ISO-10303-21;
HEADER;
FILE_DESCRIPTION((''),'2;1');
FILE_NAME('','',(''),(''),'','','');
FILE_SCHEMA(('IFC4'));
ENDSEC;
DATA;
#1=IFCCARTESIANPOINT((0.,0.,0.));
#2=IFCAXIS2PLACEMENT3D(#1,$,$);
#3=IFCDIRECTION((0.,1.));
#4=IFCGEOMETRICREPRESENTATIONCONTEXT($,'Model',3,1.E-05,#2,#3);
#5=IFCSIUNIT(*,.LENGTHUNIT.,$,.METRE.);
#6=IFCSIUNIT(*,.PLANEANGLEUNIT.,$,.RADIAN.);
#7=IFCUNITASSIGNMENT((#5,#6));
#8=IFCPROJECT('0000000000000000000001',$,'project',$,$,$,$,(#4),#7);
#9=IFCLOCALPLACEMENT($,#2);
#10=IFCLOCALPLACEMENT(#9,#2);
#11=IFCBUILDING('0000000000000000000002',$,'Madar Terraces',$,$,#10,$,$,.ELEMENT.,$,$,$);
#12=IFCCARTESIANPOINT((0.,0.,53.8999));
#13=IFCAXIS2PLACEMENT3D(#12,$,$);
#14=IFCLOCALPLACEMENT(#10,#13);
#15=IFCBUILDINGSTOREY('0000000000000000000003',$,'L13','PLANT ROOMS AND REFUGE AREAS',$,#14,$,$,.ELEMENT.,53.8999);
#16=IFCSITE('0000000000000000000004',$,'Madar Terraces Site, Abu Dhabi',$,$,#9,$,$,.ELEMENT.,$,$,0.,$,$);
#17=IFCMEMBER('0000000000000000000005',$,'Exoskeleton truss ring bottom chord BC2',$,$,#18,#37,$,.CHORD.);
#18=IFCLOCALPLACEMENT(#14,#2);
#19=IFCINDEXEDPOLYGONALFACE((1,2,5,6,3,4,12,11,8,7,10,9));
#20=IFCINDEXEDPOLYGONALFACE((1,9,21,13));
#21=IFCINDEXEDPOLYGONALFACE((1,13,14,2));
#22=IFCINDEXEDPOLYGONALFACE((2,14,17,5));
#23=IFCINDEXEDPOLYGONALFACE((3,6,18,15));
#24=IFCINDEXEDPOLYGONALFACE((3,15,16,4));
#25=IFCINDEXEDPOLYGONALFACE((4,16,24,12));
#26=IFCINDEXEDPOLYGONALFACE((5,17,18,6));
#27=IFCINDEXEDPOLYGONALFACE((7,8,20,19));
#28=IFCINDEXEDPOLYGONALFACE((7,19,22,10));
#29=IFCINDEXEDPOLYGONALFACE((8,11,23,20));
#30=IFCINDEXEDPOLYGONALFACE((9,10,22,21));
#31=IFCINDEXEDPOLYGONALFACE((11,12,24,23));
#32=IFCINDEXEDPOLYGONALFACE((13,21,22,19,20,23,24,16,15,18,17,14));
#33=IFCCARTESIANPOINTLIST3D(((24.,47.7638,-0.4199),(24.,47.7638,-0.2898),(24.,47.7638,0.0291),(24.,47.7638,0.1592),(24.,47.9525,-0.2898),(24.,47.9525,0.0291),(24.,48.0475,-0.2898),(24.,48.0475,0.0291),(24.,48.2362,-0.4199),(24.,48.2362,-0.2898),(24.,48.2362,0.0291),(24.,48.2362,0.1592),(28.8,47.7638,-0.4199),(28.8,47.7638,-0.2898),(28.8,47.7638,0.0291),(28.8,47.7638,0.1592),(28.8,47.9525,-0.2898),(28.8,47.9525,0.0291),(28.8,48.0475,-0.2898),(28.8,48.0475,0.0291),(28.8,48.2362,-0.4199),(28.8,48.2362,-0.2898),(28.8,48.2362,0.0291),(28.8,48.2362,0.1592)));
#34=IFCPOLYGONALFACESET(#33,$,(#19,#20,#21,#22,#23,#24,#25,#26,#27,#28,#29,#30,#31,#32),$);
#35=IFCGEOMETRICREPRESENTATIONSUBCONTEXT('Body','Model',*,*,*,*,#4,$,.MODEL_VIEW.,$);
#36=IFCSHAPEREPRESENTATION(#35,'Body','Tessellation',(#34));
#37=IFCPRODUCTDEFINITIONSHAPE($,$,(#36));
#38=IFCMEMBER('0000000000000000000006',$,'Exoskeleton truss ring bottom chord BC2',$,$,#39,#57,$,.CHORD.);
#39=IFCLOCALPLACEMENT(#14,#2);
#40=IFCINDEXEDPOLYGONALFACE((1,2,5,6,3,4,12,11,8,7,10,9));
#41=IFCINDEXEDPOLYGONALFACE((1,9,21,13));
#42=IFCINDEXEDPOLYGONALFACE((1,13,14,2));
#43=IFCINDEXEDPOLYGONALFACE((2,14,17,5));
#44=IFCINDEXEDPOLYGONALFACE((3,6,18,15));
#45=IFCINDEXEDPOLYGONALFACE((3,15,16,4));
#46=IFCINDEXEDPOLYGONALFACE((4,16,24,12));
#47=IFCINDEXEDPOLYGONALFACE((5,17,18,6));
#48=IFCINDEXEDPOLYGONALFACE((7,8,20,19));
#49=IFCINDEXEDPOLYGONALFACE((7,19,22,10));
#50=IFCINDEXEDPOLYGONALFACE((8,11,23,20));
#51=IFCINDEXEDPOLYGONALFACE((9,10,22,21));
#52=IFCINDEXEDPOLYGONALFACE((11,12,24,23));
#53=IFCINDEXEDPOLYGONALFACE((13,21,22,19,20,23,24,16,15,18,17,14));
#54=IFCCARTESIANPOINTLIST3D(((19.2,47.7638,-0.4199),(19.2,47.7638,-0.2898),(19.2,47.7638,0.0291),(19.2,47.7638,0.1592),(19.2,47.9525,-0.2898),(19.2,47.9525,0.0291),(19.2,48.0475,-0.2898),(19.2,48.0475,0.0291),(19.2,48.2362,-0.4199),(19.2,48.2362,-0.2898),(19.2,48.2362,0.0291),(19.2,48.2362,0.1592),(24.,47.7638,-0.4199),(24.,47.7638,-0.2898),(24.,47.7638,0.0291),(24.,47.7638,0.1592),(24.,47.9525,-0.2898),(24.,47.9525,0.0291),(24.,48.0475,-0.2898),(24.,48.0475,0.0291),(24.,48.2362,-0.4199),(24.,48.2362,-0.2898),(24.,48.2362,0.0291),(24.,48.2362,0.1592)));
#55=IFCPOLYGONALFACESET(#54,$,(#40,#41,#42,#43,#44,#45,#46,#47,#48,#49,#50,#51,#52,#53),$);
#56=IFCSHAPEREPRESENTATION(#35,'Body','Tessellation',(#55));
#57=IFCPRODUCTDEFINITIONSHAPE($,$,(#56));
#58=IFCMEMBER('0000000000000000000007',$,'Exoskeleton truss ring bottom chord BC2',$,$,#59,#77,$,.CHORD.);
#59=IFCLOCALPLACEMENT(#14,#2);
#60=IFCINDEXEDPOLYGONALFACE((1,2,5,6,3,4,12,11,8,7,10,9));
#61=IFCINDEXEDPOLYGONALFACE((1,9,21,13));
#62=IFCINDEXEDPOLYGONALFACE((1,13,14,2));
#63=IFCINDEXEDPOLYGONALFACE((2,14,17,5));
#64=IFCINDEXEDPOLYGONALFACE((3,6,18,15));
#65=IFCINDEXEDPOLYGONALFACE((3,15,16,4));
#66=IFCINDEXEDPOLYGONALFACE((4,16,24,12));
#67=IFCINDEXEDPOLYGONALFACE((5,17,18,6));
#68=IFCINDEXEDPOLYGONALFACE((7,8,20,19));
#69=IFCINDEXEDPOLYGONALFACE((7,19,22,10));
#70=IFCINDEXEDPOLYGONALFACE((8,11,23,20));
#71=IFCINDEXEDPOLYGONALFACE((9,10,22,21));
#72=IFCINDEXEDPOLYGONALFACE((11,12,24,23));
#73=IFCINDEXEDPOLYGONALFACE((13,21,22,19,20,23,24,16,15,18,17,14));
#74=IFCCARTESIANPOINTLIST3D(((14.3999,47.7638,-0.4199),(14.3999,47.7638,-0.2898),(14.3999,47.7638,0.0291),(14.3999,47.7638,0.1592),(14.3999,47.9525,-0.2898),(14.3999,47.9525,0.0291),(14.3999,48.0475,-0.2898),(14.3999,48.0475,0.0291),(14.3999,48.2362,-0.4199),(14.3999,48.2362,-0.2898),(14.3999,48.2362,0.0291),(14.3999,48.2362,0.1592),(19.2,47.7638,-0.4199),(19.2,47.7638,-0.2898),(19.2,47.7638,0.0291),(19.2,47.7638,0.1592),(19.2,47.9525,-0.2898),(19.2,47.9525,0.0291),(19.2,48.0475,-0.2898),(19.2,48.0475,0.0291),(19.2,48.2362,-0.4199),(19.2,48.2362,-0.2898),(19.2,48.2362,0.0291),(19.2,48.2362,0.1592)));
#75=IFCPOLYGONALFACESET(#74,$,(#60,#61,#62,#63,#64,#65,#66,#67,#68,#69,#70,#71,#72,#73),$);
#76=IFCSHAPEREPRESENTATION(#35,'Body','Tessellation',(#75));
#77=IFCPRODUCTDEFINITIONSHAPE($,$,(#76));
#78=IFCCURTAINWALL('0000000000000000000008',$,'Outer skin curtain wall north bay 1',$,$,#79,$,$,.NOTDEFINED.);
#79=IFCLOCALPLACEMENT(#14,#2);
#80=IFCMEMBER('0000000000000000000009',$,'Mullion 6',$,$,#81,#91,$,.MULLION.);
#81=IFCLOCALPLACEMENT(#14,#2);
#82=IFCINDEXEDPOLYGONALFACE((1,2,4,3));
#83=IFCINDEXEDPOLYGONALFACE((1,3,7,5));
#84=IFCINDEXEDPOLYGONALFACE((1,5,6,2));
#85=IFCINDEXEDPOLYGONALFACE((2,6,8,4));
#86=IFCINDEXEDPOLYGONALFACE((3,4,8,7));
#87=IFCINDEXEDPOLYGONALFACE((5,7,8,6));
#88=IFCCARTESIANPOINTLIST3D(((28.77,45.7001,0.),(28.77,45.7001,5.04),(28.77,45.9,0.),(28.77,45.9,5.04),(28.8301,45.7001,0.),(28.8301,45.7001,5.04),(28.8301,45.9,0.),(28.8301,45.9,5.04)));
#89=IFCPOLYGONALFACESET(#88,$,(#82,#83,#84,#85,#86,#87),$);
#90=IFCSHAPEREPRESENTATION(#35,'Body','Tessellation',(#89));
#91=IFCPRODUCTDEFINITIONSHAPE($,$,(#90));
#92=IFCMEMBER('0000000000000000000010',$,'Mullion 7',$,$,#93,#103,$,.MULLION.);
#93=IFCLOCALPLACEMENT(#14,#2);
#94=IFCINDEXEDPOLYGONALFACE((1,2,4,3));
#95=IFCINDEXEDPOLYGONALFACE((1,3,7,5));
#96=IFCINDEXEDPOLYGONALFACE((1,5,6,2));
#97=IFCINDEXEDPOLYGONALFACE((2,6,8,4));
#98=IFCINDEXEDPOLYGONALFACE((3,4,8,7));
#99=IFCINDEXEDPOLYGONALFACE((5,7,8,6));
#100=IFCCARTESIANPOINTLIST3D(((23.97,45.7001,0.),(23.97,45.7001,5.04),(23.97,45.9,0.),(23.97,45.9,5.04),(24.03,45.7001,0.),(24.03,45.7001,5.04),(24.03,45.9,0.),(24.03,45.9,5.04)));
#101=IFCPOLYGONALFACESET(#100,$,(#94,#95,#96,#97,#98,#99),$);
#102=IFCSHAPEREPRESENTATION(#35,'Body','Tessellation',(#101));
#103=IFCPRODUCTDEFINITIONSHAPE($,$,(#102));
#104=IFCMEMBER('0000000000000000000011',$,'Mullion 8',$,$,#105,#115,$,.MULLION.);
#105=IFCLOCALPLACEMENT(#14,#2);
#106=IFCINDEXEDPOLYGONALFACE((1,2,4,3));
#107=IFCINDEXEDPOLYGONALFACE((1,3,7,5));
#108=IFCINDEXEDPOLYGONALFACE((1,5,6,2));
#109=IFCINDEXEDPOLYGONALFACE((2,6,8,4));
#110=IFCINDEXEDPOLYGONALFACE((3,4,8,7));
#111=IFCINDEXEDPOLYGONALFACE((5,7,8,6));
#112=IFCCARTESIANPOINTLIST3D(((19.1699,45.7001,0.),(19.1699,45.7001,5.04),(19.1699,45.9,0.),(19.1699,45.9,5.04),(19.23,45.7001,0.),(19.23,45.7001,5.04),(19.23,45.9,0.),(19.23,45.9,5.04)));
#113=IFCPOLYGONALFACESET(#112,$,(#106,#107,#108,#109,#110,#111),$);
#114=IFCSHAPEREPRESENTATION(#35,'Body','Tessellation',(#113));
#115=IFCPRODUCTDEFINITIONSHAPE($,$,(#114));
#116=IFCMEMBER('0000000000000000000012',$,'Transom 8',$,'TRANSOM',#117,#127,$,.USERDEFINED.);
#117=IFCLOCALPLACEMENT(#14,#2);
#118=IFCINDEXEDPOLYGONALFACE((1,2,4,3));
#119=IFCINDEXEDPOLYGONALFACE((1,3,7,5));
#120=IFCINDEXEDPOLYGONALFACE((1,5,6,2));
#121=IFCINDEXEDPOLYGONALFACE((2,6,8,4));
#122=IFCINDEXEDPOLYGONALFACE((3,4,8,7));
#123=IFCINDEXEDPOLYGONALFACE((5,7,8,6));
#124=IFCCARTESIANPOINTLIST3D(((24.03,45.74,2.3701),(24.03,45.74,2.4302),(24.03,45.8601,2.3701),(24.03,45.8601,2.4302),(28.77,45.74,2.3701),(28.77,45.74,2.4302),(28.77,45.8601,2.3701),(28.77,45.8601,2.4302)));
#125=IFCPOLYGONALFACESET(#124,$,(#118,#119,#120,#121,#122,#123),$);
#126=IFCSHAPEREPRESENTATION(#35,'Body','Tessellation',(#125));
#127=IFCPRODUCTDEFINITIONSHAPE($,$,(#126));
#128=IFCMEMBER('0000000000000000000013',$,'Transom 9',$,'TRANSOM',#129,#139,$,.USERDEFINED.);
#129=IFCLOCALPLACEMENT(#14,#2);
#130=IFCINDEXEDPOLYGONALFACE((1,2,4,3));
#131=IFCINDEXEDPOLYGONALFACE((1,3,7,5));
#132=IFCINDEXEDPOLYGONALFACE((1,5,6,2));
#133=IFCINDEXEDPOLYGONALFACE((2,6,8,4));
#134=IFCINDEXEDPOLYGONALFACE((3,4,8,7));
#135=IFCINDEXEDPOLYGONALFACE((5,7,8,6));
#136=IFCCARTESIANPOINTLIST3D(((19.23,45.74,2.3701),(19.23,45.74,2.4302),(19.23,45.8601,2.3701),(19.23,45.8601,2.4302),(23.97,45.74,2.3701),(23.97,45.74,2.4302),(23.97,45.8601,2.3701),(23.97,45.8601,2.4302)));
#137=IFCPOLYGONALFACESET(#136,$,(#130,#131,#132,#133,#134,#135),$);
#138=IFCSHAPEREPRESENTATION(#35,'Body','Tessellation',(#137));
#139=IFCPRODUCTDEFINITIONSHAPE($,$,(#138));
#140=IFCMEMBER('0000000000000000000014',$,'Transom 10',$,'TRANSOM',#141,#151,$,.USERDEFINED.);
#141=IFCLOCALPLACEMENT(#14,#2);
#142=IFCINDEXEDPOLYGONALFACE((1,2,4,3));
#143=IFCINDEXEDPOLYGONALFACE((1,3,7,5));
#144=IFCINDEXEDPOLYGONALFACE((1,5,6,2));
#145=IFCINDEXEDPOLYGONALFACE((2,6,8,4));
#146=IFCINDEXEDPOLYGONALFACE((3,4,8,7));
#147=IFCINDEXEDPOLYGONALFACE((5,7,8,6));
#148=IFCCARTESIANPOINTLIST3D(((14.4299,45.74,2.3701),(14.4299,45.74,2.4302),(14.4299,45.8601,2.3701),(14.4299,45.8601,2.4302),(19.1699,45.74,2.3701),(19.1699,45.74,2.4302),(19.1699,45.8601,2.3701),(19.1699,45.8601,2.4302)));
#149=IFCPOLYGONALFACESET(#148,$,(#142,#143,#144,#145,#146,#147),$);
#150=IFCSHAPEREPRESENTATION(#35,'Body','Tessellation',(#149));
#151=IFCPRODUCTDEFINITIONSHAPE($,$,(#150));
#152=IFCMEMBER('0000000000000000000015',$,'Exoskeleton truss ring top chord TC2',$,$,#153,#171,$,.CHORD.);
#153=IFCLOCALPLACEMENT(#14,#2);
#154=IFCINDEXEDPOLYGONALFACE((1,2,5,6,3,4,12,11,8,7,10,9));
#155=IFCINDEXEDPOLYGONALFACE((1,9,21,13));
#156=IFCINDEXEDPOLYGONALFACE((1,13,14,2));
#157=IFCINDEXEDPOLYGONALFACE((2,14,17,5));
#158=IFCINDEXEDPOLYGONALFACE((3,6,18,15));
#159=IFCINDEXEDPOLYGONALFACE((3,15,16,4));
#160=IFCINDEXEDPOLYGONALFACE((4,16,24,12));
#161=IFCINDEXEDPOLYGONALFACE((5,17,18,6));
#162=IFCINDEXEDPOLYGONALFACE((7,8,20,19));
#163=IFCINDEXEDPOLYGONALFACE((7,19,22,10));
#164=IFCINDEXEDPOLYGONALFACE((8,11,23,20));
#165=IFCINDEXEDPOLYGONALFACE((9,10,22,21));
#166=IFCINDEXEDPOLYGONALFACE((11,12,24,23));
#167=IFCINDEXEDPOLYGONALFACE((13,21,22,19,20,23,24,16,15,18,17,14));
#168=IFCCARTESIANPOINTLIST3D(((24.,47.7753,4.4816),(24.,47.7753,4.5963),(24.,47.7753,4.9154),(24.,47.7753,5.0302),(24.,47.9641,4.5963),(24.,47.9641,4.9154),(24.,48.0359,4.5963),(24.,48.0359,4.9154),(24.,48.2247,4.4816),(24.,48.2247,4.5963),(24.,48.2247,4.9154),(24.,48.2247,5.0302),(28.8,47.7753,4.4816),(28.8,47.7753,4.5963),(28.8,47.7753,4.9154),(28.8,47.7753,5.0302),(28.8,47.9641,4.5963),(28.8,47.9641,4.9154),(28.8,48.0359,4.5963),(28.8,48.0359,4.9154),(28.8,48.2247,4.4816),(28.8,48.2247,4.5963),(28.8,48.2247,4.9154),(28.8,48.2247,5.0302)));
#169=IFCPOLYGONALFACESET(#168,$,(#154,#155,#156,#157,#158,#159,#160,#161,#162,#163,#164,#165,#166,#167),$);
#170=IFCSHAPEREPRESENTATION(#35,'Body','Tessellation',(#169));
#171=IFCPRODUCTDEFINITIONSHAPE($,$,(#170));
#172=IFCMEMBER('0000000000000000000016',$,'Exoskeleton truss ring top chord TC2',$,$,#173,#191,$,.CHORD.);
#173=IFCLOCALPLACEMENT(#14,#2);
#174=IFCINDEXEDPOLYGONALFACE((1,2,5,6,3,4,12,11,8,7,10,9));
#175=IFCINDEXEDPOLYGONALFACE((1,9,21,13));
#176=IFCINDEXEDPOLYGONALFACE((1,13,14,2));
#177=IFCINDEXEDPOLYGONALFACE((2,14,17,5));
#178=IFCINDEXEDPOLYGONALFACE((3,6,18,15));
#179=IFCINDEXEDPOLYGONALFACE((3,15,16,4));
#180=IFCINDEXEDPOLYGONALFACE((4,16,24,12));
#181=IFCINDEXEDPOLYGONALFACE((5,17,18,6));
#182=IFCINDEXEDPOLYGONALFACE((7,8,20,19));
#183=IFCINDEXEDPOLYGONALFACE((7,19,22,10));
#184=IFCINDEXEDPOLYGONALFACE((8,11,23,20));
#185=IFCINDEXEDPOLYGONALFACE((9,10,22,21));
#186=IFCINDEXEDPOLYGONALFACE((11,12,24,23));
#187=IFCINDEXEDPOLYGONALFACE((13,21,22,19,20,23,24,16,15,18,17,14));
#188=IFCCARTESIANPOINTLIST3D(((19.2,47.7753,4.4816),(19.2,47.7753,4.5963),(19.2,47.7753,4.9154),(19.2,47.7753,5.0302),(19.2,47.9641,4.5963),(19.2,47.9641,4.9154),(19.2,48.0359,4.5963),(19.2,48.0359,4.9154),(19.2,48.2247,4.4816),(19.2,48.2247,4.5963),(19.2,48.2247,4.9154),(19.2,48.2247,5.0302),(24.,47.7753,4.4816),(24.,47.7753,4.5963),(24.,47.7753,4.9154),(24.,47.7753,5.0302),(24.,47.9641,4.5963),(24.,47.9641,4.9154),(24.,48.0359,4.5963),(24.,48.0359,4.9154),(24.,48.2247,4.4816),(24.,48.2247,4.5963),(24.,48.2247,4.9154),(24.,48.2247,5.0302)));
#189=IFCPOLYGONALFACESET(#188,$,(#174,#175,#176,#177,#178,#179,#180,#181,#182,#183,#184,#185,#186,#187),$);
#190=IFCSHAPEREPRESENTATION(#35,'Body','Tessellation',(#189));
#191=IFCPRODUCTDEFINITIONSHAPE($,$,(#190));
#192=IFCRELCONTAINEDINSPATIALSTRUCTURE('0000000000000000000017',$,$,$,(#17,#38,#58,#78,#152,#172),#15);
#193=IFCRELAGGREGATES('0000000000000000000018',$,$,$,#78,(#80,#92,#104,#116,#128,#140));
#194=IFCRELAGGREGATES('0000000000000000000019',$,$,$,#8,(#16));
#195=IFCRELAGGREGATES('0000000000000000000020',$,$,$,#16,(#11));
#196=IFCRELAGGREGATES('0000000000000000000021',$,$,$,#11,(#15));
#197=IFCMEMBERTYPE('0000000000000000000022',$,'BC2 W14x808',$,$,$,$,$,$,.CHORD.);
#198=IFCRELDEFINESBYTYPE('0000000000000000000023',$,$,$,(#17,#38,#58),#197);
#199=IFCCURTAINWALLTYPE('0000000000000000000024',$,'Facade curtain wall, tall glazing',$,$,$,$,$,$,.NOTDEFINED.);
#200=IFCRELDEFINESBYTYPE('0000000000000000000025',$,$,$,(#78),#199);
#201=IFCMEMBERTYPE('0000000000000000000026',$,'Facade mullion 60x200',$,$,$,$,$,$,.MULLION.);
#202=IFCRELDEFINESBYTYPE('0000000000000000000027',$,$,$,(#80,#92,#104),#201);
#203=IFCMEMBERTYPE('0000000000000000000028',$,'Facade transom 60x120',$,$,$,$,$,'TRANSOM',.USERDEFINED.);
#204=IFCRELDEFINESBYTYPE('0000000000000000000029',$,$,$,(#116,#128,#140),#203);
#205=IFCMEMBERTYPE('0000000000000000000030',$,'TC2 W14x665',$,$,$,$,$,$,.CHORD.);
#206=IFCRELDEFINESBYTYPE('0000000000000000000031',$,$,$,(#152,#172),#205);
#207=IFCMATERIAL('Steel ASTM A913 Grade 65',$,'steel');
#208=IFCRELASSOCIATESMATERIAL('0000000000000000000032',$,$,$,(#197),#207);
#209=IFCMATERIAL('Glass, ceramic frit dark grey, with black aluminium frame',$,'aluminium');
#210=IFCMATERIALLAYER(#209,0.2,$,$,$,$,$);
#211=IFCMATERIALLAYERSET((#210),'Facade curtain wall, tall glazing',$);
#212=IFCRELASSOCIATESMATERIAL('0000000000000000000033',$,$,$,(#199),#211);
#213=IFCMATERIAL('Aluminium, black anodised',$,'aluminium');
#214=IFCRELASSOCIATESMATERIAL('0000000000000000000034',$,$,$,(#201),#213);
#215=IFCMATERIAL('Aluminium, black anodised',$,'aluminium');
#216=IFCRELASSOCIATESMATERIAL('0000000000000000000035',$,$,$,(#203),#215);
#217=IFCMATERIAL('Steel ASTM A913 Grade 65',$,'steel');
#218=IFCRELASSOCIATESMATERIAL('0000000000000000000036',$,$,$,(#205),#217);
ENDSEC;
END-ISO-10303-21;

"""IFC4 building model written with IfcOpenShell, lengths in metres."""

from ifc_helpers import new_model, si_unit, direction, frame, origin, origin_2d, place, context, subcontext, project, spatial, rectangle, i_section, extrude, material, layer, layer_set, material_profile, profile_set, type_object, element, aggregate, save


model = new_model("IFC4")

# Units and contexts
model_context = context("Model", 3, precision=1e-05, world=origin(), true_north=direction((0.0, 1.0)))
body_context = subcontext(model_context, "Body", "Model", "MODEL_VIEW")
ifc_project = project(units=[si_unit("LENGTHUNIT", "METRE"), si_unit("PLANEANGLEUNIT", "RADIAN")], contexts=[model_context])

# Site, building, storey
site_placement = place(None, origin())
site = spatial("IfcSite", under=ifc_project, at=site_placement, Name="Madar Terraces Site, Abu Dhabi", CompositionType="ELEMENT", RefElevation=0.0)
building_placement = place(site_placement, origin())
building = spatial("IfcBuilding", under=site, at=building_placement, Name="Madar Terraces", CompositionType="ELEMENT")
storey_placement = place(building_placement, frame((0.0, 0.0, 53.8999)))
storey = spatial("IfcBuildingStorey", under=building, at=storey_placement, Name="L13", Description="PLANT ROOMS AND REFUGE AREAS", CompositionType="ELEMENT", Elevation=53.8999)

# Members
ifc_material_1 = material(Name="Steel ASTM A913 Grade 65", Category="steel")
ifc_material_profile_1 = material_profile(ifc_material_1, i_section(OverallWidth=0.4724, OverallDepth=0.5791, WebThickness=0.095, FlangeThickness=0.1301, at=origin_2d()), Name="W14x808")
ifc_profile_set_1 = profile_set([ifc_material_profile_1], Name="Steel ASTM A913 Grade 65")
member_type_1 = type_object("IfcMemberType", Name="BC2 W14x808", PredefinedType="CHORD", material=ifc_profile_set_1)
for number, where, z_axis, x_axis, name in (
    (1, (28.8, 48.0, -0.1304), (-1.0, 0.0, 0.0), (0.0, -1.0, 0.0), "Exoskeleton truss ring bottom chord BC2"),
    (2, (24.0, 48.0, -0.1304), (-1.0, 0.0, 0.0), (0.0, -1.0, 0.0), "Exoskeleton truss ring bottom chord BC2"),
    (3, (19.2, 48.0, -0.1304), (-1.0, 0.0, 0.0), (0.0, -1.0, 0.0), "Exoskeleton truss ring bottom chord BC2"),
):
    element("IfcMember", number, at=place(storey_placement, frame(where, z_axis=z_axis, x_axis=x_axis)), inside=storey, type_object=member_type_1, Name=name, PredefinedType="CHORD", context=body_context, shape_type="SweptSolid", body=[
        extrude(i_section(OverallWidth=0.4724, OverallDepth=0.5791, WebThickness=0.095, FlangeThickness=0.1301, at=origin_2d()), origin(), (0.0, 0.0, 1.0), 4.8),
    ])

# Curtain wall, members
ifc_material_2 = material(Name="Glass, ceramic frit dark grey, with black aluminium frame", Category="aluminium")
ifc_layer_1 = layer(ifc_material_2, 0.2)
ifc_layer_set_1 = layer_set([ifc_layer_1], Name="Facade curtain wall, tall glazing")
curtain_wall_type = type_object("IfcCurtainWallType", Name="Facade curtain wall, tall glazing", PredefinedType="NOTDEFINED", material=ifc_layer_set_1)
curtain_wall_placement = place(storey_placement, origin())
curtain_wall = element("IfcCurtainWall", 4, at=curtain_wall_placement, inside=storey, type_object=curtain_wall_type, Name="Outer skin curtain wall north bay 1", PredefinedType="NOTDEFINED")
ifc_material_3 = material(Name="Aluminium, black anodised", Category="aluminium")
ifc_material_profile_2 = material_profile(ifc_material_3, rectangle(XDim=0.2, YDim=0.0601, at=origin_2d()), Name="Facade mullion 60x200")
ifc_profile_set_2 = profile_set([ifc_material_profile_2], Name="Aluminium, black anodised")
member_type_2 = type_object("IfcMemberType", Name="Facade mullion 60x200", PredefinedType="MULLION", material=ifc_profile_set_2)
member_1_placement = place(storey_placement, frame((28.8, 45.8, 0.0), z_axis=(0.0, 0.0, 1.0), x_axis=(0.0, -1.0, 0.0)))
member_1 = element("IfcMember", 5, at=member_1_placement, type_object=member_type_2, Name="Mullion 6", PredefinedType="MULLION", context=body_context, shape_type="SweptSolid", body=[
    extrude(rectangle(XDim=0.2, YDim=0.0601, at=origin_2d()), origin(), (0.0, 0.0, 1.0), 5.04),
])
member_2_placement = place(storey_placement, frame((24.0, 45.8, 0.0), z_axis=(0.0, 0.0, 1.0), x_axis=(0.0, -1.0, 0.0)))
member_2 = element("IfcMember", 6, at=member_2_placement, type_object=member_type_2, Name="Mullion 7", PredefinedType="MULLION", context=body_context, shape_type="SweptSolid", body=[
    extrude(rectangle(XDim=0.2, YDim=0.0601, at=origin_2d()), origin(), (0.0, 0.0, 1.0), 5.04),
])
member_3_placement = place(storey_placement, frame((19.2, 45.8, 0.0), z_axis=(0.0, 0.0, 1.0), x_axis=(0.0, -1.0, 0.0)))
member_3 = element("IfcMember", 7, at=member_3_placement, type_object=member_type_2, Name="Mullion 8", PredefinedType="MULLION", context=body_context, shape_type="SweptSolid", body=[
    extrude(rectangle(XDim=0.2, YDim=0.0601, at=origin_2d()), origin(), (0.0, 0.0, 1.0), 5.04),
])
ifc_material_4 = material(Name="Aluminium, black anodised", Category="aluminium")
ifc_material_profile_3 = material_profile(ifc_material_4, rectangle(XDim=0.1201, YDim=0.0601, at=origin_2d()), Name="Facade transom 60x120")
ifc_profile_set_3 = profile_set([ifc_material_profile_3], Name="Aluminium, black anodised")
member_type_3 = type_object("IfcMemberType", Name="Facade transom 60x120", ElementType="TRANSOM", PredefinedType="USERDEFINED", material=ifc_profile_set_3)
member_4_placement = place(storey_placement, frame((28.77, 45.8, 2.4001), z_axis=(-1.0, 0.0, 0.0), x_axis=(0.0, -1.0, 0.0)))
member_4 = element("IfcMember", 8, at=member_4_placement, type_object=member_type_3, Name="Transom 8", ObjectType="TRANSOM", PredefinedType="USERDEFINED", context=body_context, shape_type="SweptSolid", body=[
    extrude(rectangle(XDim=0.1201, YDim=0.0601, at=origin_2d()), origin(), (0.0, 0.0, 1.0), 4.74),
])
member_5_placement = place(storey_placement, frame((23.97, 45.8, 2.4001), z_axis=(-1.0, 0.0, 0.0), x_axis=(0.0, -1.0, 0.0)))
member_5 = element("IfcMember", 9, at=member_5_placement, type_object=member_type_3, Name="Transom 9", ObjectType="TRANSOM", PredefinedType="USERDEFINED", context=body_context, shape_type="SweptSolid", body=[
    extrude(rectangle(XDim=0.1201, YDim=0.0601, at=origin_2d()), origin(), (0.0, 0.0, 1.0), 4.74),
])
member_6_placement = place(storey_placement, frame((19.1699, 45.8, 2.4001), z_axis=(-1.0, 0.0, 0.0), x_axis=(0.0, -1.0, 0.0)))
member_6 = element("IfcMember", 10, at=member_6_placement, type_object=member_type_3, Name="Transom 10", ObjectType="TRANSOM", PredefinedType="USERDEFINED", context=body_context, shape_type="SweptSolid", body=[
    extrude(rectangle(XDim=0.1201, YDim=0.0601, at=origin_2d()), origin(), (0.0, 0.0, 1.0), 4.74),
])

# Members
ifc_material_5 = material(Name="Steel ASTM A913 Grade 65", Category="steel")
ifc_material_profile_4 = material_profile(ifc_material_5, i_section(OverallWidth=0.4495, OverallDepth=0.5486, WebThickness=0.0718, FlangeThickness=0.1147, at=origin_2d()), Name="W14x665")
ifc_profile_set_4 = profile_set([ifc_material_profile_4], Name="Steel ASTM A913 Grade 65")
member_type_4 = type_object("IfcMemberType", Name="TC2 W14x665", PredefinedType="CHORD", material=ifc_profile_set_4)
for number, where, z_axis, x_axis, name in (
    (11, (28.8, 48.0, 4.7559), (-1.0, 0.0, 0.0), (0.0, -1.0, 0.0), "Exoskeleton truss ring top chord TC2"),
    (12, (24.0, 48.0, 4.7559), (-1.0, 0.0, 0.0), (0.0, -1.0, 0.0), "Exoskeleton truss ring top chord TC2"),
):
    element("IfcMember", number, at=place(storey_placement, frame(where, z_axis=z_axis, x_axis=x_axis)), inside=storey, type_object=member_type_4, Name=name, PredefinedType="CHORD", context=body_context, shape_type="SweptSolid", body=[
        extrude(i_section(OverallWidth=0.4495, OverallDepth=0.5486, WebThickness=0.0718, FlangeThickness=0.1147, at=origin_2d()), origin(), (0.0, 0.0, 1.0), 4.8),
    ])

aggregate(curtain_wall, [member_1, member_2, member_3, member_4, member_5, member_6])

save(model, "model.ifc")
